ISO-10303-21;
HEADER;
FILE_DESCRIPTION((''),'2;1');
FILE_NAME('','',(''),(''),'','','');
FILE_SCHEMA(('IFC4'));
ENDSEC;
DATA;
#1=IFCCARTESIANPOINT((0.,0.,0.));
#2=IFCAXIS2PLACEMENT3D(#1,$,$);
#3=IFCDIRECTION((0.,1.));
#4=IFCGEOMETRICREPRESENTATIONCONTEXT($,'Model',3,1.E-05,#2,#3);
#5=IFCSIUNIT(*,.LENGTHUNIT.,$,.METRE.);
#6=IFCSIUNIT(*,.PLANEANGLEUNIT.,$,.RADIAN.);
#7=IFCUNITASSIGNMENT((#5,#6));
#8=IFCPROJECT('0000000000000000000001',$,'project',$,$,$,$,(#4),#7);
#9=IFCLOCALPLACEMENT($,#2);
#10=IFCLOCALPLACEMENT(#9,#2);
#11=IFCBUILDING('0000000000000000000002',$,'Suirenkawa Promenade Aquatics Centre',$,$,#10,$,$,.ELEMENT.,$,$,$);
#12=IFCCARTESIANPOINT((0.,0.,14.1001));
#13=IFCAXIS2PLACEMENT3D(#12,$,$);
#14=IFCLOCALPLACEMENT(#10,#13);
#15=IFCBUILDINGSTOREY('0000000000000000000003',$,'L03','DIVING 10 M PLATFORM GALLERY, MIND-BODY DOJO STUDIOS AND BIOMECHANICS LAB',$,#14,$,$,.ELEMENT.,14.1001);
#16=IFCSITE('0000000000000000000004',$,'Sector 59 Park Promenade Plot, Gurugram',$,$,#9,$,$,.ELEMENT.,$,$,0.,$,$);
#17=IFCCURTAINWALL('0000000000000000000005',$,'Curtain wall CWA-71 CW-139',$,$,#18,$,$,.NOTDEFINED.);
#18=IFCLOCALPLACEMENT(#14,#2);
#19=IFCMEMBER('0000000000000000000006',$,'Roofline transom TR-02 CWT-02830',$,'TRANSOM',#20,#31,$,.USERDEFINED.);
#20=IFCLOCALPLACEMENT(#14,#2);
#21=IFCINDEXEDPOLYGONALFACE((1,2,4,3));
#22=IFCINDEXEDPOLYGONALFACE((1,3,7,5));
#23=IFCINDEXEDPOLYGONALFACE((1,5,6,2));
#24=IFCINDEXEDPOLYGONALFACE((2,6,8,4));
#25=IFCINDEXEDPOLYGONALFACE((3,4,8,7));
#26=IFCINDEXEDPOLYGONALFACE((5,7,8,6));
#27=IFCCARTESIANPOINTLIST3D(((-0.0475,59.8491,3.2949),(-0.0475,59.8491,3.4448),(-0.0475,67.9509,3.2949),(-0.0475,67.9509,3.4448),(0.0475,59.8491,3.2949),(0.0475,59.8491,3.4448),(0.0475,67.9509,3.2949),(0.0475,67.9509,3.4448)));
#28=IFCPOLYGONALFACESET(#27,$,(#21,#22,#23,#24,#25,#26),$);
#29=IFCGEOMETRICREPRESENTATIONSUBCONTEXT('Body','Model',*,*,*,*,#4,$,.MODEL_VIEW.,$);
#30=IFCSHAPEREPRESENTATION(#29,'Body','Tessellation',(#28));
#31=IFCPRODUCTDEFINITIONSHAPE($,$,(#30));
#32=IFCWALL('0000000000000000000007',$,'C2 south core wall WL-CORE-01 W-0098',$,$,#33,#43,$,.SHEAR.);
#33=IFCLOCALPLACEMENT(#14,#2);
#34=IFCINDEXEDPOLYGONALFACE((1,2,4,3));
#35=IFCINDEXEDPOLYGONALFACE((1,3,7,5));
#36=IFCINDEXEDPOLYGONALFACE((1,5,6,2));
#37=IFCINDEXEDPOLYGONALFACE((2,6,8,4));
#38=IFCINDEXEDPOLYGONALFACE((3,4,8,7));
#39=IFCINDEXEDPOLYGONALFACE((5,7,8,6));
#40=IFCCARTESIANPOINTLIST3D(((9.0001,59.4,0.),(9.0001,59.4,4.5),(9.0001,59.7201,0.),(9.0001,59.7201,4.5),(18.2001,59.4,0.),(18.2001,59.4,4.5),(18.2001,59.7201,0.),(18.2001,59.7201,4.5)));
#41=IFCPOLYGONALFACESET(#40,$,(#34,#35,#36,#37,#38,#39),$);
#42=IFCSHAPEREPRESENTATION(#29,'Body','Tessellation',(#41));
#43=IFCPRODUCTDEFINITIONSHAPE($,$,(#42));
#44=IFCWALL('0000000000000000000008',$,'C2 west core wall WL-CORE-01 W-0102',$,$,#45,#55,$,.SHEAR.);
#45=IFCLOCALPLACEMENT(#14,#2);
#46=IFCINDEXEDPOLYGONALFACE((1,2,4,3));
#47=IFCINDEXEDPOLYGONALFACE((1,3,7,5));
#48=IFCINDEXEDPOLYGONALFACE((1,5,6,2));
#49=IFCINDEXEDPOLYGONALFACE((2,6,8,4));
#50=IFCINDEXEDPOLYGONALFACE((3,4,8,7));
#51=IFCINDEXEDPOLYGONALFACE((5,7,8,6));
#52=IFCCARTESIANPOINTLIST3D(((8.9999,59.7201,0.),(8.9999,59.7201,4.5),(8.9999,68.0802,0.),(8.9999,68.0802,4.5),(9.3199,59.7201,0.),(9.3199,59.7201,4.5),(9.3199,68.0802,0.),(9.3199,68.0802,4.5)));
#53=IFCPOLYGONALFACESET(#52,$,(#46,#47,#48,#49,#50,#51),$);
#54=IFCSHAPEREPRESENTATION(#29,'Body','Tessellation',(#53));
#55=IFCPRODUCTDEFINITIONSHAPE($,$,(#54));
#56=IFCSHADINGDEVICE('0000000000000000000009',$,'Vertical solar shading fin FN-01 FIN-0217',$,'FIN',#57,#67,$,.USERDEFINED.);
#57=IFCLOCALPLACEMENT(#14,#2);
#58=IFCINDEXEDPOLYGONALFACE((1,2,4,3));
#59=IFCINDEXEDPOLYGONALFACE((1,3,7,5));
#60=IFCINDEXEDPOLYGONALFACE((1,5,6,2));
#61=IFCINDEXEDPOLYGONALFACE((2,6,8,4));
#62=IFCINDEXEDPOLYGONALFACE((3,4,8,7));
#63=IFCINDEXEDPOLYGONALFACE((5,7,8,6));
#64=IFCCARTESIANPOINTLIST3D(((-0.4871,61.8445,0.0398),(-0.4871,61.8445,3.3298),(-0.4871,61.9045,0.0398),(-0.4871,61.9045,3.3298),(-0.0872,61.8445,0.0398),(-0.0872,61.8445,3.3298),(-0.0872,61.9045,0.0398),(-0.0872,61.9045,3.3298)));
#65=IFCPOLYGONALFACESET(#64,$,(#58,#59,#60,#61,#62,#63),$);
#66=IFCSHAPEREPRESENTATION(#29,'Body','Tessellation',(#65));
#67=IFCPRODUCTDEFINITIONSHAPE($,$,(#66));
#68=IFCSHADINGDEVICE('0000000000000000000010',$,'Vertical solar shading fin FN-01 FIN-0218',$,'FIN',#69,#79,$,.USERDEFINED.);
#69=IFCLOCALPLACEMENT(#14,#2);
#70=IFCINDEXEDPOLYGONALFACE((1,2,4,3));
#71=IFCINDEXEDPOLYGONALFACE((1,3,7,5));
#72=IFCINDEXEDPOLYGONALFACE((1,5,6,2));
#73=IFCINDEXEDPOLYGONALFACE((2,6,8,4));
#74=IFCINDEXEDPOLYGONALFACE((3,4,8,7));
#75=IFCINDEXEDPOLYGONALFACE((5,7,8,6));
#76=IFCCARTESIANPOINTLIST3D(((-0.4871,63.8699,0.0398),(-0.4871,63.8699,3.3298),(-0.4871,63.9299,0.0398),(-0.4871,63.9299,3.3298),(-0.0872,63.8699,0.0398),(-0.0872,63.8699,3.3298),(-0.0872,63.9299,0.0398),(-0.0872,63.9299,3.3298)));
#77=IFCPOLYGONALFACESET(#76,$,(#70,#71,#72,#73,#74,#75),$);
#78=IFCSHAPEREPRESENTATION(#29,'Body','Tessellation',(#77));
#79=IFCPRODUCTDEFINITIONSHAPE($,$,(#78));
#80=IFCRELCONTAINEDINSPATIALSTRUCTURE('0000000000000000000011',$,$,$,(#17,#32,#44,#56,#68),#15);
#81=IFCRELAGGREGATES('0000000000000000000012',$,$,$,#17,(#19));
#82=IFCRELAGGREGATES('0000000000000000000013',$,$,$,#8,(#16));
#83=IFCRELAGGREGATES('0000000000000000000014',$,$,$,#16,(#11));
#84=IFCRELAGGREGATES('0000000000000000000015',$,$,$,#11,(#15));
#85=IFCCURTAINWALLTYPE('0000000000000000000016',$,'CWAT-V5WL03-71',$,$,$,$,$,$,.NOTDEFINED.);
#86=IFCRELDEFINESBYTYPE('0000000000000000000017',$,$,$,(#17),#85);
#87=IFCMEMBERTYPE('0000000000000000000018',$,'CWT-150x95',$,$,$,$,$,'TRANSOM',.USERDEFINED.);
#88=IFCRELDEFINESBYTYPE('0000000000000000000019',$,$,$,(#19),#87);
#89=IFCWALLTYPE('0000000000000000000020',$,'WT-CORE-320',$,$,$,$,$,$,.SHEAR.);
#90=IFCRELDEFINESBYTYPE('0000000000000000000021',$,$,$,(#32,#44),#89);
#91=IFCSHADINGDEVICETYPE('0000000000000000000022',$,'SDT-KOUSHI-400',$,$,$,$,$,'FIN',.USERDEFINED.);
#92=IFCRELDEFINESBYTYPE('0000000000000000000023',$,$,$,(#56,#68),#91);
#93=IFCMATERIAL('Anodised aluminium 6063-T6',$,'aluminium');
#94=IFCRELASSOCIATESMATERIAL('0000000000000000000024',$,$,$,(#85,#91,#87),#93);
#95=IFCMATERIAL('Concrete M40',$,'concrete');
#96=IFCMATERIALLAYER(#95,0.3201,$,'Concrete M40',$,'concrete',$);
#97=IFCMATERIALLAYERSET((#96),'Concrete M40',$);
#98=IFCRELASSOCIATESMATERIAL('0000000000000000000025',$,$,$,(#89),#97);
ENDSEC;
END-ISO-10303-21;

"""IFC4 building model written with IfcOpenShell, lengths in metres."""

from ifc_helpers import new_model, si_unit, direction, frame, frame_2d, origin, origin_2d, place, context, subcontext, project, spatial, rectangle, extrude, material, layer, layer_set, material_profile, profile_set, type_object, element, aggregate, save


model = new_model("IFC4")

# Units and contexts
model_context = context("Model", 3, precision=1e-05, world=origin(), true_north=direction((0.0, 1.0)))
body_context = subcontext(model_context, "Body", "Model", "MODEL_VIEW")
ifc_project = project(units=[si_unit("LENGTHUNIT", "METRE"), si_unit("PLANEANGLEUNIT", "RADIAN")], contexts=[model_context])

# Site, building, storey
site_placement = place(None, origin())
site = spatial("IfcSite", under=ifc_project, at=site_placement, Name="Sector 59 Park Promenade Plot, Gurugram", CompositionType="ELEMENT", RefElevation=0.0)
building_placement = place(site_placement, origin())
building = spatial("IfcBuilding", under=site, at=building_placement, Name="Suirenkawa Promenade Aquatics Centre", CompositionType="ELEMENT")
storey_placement = place(building_placement, frame((0.0, 0.0, 14.1001)))
storey = spatial("IfcBuildingStorey", under=building, at=storey_placement, Name="L03", Description="DIVING 10 M PLATFORM GALLERY, MIND-BODY DOJO STUDIOS AND BIOMECHANICS LAB", CompositionType="ELEMENT", Elevation=14.1001)

# Shared definitions
ifc_material_1 = material(Name="Concrete M40", Category="concrete")

# Curtain wall, member
ifc_material_2 = material(Name="Anodised aluminium 6063-T6", Category="aluminium")
curtain_wall_type = type_object("IfcCurtainWallType", Name="CWAT-V5WL03-71", PredefinedType="NOTDEFINED", material=ifc_material_2)
curtain_wall_placement = place(storey_placement, origin())
curtain_wall = element("IfcCurtainWall", 1, at=curtain_wall_placement, inside=storey, type_object=curtain_wall_type, Name="Curtain wall CWA-71 CW-139", PredefinedType="NOTDEFINED")
ifc_material_profile_1 = material_profile(ifc_material_2, rectangle(XDim=0.095, YDim=0.1499, at=origin_2d()), Name="ALU TRAN 95x150", Category="aluminium")
ifc_profile_set_1 = profile_set([ifc_material_profile_1], Name="Anodised aluminium 6063-T6")
member_type_1 = type_object("IfcMemberType", Name="CWT-150x95", ElementType="TRANSOM", PredefinedType="USERDEFINED", material=ifc_profile_set_1)
member_1_placement = place(storey_placement, frame((0.0, 59.8491, 3.3699), z_axis=(0.0, 1.0, 0.0), x_axis=(-1.0, 0.0, 0.0)))
member_1 = element("IfcMember", 2, at=member_1_placement, type_object=member_type_1, Name="Roofline transom TR-02 CWT-02830", ObjectType="TRANSOM", PredefinedType="USERDEFINED", context=body_context, shape_type="SweptSolid", body=[
    extrude(rectangle(XDim=0.095, YDim=0.1499, at=origin_2d()), origin(), (0.0, 0.0, 1.0), 8.1018),
])
aggregate(curtain_wall, [member_1])

# Walls
ifc_layer_1 = layer(ifc_material_1, 0.3201, Name="Concrete M40", Category="concrete")
ifc_layer_set_1 = layer_set([ifc_layer_1], Name="Concrete M40")
wall_type = type_object("IfcWallType", Name="WT-CORE-320", PredefinedType="SHEAR", material=ifc_layer_set_1)
wall_1_placement = place(storey_placement, frame((9.0, 59.5601, 0.0), z_axis=(0.0, 0.0, 1.0), x_axis=(1.0, 0.0, 0.0)))
element("IfcWall", 3, at=wall_1_placement, inside=storey, type_object=wall_type, Name="C2 south core wall WL-CORE-01 W-0098", PredefinedType="SHEAR", context=body_context, shape_type="SweptSolid", body=[
    extrude(rectangle(XDim=9.2, YDim=0.3201, at=frame_2d((4.6001, 0.0))), origin(), (0.0, 0.0, 1.0), 4.5),
])
wall_2_placement = place(storey_placement, frame((9.1599, 59.72, 0.0), z_axis=(0.0, 0.0, 1.0), x_axis=(0.0, 1.0, 0.0)))
element("IfcWall", 4, at=wall_2_placement, inside=storey, type_object=wall_type, Name="C2 west core wall WL-CORE-01 W-0102", PredefinedType="SHEAR", context=body_context, shape_type="SweptSolid", body=[
    extrude(rectangle(XDim=8.3601, YDim=0.3201, at=frame_2d((4.1802, 0.0))), origin(), (0.0, 0.0, 1.0), 4.5),
])

# Shading devices
shading_device_type = type_object("IfcShadingDeviceType", Name="SDT-KOUSHI-400", ElementType="FIN", PredefinedType="USERDEFINED", material=ifc_material_2)
for number, where, z_axis, x_axis, name in (
    (5, (-0.2871, 61.8745, 0.0398), (0.0, 0.0, 1.0), (-1.0, 0.0, 0.0), "Vertical solar shading fin FN-01 FIN-0217"),
    (6, (-0.2871, 63.8999, 0.0398), (0.0, 0.0, 1.0), (-1.0, 0.0, 0.0), "Vertical solar shading fin FN-01 FIN-0218"),
):
    element("IfcShadingDevice", number, at=place(storey_placement, frame(where, z_axis=z_axis, x_axis=x_axis)), inside=storey, type_object=shading_device_type, Name=name, ObjectType="FIN", PredefinedType="USERDEFINED", context=body_context, shape_type="SweptSolid", body=[
        extrude(rectangle(XDim=0.3999, YDim=0.0601, at=origin_2d()), origin(), (0.0, 0.0, 1.0), 3.29),
    ])

save(model, "model.ifc")
